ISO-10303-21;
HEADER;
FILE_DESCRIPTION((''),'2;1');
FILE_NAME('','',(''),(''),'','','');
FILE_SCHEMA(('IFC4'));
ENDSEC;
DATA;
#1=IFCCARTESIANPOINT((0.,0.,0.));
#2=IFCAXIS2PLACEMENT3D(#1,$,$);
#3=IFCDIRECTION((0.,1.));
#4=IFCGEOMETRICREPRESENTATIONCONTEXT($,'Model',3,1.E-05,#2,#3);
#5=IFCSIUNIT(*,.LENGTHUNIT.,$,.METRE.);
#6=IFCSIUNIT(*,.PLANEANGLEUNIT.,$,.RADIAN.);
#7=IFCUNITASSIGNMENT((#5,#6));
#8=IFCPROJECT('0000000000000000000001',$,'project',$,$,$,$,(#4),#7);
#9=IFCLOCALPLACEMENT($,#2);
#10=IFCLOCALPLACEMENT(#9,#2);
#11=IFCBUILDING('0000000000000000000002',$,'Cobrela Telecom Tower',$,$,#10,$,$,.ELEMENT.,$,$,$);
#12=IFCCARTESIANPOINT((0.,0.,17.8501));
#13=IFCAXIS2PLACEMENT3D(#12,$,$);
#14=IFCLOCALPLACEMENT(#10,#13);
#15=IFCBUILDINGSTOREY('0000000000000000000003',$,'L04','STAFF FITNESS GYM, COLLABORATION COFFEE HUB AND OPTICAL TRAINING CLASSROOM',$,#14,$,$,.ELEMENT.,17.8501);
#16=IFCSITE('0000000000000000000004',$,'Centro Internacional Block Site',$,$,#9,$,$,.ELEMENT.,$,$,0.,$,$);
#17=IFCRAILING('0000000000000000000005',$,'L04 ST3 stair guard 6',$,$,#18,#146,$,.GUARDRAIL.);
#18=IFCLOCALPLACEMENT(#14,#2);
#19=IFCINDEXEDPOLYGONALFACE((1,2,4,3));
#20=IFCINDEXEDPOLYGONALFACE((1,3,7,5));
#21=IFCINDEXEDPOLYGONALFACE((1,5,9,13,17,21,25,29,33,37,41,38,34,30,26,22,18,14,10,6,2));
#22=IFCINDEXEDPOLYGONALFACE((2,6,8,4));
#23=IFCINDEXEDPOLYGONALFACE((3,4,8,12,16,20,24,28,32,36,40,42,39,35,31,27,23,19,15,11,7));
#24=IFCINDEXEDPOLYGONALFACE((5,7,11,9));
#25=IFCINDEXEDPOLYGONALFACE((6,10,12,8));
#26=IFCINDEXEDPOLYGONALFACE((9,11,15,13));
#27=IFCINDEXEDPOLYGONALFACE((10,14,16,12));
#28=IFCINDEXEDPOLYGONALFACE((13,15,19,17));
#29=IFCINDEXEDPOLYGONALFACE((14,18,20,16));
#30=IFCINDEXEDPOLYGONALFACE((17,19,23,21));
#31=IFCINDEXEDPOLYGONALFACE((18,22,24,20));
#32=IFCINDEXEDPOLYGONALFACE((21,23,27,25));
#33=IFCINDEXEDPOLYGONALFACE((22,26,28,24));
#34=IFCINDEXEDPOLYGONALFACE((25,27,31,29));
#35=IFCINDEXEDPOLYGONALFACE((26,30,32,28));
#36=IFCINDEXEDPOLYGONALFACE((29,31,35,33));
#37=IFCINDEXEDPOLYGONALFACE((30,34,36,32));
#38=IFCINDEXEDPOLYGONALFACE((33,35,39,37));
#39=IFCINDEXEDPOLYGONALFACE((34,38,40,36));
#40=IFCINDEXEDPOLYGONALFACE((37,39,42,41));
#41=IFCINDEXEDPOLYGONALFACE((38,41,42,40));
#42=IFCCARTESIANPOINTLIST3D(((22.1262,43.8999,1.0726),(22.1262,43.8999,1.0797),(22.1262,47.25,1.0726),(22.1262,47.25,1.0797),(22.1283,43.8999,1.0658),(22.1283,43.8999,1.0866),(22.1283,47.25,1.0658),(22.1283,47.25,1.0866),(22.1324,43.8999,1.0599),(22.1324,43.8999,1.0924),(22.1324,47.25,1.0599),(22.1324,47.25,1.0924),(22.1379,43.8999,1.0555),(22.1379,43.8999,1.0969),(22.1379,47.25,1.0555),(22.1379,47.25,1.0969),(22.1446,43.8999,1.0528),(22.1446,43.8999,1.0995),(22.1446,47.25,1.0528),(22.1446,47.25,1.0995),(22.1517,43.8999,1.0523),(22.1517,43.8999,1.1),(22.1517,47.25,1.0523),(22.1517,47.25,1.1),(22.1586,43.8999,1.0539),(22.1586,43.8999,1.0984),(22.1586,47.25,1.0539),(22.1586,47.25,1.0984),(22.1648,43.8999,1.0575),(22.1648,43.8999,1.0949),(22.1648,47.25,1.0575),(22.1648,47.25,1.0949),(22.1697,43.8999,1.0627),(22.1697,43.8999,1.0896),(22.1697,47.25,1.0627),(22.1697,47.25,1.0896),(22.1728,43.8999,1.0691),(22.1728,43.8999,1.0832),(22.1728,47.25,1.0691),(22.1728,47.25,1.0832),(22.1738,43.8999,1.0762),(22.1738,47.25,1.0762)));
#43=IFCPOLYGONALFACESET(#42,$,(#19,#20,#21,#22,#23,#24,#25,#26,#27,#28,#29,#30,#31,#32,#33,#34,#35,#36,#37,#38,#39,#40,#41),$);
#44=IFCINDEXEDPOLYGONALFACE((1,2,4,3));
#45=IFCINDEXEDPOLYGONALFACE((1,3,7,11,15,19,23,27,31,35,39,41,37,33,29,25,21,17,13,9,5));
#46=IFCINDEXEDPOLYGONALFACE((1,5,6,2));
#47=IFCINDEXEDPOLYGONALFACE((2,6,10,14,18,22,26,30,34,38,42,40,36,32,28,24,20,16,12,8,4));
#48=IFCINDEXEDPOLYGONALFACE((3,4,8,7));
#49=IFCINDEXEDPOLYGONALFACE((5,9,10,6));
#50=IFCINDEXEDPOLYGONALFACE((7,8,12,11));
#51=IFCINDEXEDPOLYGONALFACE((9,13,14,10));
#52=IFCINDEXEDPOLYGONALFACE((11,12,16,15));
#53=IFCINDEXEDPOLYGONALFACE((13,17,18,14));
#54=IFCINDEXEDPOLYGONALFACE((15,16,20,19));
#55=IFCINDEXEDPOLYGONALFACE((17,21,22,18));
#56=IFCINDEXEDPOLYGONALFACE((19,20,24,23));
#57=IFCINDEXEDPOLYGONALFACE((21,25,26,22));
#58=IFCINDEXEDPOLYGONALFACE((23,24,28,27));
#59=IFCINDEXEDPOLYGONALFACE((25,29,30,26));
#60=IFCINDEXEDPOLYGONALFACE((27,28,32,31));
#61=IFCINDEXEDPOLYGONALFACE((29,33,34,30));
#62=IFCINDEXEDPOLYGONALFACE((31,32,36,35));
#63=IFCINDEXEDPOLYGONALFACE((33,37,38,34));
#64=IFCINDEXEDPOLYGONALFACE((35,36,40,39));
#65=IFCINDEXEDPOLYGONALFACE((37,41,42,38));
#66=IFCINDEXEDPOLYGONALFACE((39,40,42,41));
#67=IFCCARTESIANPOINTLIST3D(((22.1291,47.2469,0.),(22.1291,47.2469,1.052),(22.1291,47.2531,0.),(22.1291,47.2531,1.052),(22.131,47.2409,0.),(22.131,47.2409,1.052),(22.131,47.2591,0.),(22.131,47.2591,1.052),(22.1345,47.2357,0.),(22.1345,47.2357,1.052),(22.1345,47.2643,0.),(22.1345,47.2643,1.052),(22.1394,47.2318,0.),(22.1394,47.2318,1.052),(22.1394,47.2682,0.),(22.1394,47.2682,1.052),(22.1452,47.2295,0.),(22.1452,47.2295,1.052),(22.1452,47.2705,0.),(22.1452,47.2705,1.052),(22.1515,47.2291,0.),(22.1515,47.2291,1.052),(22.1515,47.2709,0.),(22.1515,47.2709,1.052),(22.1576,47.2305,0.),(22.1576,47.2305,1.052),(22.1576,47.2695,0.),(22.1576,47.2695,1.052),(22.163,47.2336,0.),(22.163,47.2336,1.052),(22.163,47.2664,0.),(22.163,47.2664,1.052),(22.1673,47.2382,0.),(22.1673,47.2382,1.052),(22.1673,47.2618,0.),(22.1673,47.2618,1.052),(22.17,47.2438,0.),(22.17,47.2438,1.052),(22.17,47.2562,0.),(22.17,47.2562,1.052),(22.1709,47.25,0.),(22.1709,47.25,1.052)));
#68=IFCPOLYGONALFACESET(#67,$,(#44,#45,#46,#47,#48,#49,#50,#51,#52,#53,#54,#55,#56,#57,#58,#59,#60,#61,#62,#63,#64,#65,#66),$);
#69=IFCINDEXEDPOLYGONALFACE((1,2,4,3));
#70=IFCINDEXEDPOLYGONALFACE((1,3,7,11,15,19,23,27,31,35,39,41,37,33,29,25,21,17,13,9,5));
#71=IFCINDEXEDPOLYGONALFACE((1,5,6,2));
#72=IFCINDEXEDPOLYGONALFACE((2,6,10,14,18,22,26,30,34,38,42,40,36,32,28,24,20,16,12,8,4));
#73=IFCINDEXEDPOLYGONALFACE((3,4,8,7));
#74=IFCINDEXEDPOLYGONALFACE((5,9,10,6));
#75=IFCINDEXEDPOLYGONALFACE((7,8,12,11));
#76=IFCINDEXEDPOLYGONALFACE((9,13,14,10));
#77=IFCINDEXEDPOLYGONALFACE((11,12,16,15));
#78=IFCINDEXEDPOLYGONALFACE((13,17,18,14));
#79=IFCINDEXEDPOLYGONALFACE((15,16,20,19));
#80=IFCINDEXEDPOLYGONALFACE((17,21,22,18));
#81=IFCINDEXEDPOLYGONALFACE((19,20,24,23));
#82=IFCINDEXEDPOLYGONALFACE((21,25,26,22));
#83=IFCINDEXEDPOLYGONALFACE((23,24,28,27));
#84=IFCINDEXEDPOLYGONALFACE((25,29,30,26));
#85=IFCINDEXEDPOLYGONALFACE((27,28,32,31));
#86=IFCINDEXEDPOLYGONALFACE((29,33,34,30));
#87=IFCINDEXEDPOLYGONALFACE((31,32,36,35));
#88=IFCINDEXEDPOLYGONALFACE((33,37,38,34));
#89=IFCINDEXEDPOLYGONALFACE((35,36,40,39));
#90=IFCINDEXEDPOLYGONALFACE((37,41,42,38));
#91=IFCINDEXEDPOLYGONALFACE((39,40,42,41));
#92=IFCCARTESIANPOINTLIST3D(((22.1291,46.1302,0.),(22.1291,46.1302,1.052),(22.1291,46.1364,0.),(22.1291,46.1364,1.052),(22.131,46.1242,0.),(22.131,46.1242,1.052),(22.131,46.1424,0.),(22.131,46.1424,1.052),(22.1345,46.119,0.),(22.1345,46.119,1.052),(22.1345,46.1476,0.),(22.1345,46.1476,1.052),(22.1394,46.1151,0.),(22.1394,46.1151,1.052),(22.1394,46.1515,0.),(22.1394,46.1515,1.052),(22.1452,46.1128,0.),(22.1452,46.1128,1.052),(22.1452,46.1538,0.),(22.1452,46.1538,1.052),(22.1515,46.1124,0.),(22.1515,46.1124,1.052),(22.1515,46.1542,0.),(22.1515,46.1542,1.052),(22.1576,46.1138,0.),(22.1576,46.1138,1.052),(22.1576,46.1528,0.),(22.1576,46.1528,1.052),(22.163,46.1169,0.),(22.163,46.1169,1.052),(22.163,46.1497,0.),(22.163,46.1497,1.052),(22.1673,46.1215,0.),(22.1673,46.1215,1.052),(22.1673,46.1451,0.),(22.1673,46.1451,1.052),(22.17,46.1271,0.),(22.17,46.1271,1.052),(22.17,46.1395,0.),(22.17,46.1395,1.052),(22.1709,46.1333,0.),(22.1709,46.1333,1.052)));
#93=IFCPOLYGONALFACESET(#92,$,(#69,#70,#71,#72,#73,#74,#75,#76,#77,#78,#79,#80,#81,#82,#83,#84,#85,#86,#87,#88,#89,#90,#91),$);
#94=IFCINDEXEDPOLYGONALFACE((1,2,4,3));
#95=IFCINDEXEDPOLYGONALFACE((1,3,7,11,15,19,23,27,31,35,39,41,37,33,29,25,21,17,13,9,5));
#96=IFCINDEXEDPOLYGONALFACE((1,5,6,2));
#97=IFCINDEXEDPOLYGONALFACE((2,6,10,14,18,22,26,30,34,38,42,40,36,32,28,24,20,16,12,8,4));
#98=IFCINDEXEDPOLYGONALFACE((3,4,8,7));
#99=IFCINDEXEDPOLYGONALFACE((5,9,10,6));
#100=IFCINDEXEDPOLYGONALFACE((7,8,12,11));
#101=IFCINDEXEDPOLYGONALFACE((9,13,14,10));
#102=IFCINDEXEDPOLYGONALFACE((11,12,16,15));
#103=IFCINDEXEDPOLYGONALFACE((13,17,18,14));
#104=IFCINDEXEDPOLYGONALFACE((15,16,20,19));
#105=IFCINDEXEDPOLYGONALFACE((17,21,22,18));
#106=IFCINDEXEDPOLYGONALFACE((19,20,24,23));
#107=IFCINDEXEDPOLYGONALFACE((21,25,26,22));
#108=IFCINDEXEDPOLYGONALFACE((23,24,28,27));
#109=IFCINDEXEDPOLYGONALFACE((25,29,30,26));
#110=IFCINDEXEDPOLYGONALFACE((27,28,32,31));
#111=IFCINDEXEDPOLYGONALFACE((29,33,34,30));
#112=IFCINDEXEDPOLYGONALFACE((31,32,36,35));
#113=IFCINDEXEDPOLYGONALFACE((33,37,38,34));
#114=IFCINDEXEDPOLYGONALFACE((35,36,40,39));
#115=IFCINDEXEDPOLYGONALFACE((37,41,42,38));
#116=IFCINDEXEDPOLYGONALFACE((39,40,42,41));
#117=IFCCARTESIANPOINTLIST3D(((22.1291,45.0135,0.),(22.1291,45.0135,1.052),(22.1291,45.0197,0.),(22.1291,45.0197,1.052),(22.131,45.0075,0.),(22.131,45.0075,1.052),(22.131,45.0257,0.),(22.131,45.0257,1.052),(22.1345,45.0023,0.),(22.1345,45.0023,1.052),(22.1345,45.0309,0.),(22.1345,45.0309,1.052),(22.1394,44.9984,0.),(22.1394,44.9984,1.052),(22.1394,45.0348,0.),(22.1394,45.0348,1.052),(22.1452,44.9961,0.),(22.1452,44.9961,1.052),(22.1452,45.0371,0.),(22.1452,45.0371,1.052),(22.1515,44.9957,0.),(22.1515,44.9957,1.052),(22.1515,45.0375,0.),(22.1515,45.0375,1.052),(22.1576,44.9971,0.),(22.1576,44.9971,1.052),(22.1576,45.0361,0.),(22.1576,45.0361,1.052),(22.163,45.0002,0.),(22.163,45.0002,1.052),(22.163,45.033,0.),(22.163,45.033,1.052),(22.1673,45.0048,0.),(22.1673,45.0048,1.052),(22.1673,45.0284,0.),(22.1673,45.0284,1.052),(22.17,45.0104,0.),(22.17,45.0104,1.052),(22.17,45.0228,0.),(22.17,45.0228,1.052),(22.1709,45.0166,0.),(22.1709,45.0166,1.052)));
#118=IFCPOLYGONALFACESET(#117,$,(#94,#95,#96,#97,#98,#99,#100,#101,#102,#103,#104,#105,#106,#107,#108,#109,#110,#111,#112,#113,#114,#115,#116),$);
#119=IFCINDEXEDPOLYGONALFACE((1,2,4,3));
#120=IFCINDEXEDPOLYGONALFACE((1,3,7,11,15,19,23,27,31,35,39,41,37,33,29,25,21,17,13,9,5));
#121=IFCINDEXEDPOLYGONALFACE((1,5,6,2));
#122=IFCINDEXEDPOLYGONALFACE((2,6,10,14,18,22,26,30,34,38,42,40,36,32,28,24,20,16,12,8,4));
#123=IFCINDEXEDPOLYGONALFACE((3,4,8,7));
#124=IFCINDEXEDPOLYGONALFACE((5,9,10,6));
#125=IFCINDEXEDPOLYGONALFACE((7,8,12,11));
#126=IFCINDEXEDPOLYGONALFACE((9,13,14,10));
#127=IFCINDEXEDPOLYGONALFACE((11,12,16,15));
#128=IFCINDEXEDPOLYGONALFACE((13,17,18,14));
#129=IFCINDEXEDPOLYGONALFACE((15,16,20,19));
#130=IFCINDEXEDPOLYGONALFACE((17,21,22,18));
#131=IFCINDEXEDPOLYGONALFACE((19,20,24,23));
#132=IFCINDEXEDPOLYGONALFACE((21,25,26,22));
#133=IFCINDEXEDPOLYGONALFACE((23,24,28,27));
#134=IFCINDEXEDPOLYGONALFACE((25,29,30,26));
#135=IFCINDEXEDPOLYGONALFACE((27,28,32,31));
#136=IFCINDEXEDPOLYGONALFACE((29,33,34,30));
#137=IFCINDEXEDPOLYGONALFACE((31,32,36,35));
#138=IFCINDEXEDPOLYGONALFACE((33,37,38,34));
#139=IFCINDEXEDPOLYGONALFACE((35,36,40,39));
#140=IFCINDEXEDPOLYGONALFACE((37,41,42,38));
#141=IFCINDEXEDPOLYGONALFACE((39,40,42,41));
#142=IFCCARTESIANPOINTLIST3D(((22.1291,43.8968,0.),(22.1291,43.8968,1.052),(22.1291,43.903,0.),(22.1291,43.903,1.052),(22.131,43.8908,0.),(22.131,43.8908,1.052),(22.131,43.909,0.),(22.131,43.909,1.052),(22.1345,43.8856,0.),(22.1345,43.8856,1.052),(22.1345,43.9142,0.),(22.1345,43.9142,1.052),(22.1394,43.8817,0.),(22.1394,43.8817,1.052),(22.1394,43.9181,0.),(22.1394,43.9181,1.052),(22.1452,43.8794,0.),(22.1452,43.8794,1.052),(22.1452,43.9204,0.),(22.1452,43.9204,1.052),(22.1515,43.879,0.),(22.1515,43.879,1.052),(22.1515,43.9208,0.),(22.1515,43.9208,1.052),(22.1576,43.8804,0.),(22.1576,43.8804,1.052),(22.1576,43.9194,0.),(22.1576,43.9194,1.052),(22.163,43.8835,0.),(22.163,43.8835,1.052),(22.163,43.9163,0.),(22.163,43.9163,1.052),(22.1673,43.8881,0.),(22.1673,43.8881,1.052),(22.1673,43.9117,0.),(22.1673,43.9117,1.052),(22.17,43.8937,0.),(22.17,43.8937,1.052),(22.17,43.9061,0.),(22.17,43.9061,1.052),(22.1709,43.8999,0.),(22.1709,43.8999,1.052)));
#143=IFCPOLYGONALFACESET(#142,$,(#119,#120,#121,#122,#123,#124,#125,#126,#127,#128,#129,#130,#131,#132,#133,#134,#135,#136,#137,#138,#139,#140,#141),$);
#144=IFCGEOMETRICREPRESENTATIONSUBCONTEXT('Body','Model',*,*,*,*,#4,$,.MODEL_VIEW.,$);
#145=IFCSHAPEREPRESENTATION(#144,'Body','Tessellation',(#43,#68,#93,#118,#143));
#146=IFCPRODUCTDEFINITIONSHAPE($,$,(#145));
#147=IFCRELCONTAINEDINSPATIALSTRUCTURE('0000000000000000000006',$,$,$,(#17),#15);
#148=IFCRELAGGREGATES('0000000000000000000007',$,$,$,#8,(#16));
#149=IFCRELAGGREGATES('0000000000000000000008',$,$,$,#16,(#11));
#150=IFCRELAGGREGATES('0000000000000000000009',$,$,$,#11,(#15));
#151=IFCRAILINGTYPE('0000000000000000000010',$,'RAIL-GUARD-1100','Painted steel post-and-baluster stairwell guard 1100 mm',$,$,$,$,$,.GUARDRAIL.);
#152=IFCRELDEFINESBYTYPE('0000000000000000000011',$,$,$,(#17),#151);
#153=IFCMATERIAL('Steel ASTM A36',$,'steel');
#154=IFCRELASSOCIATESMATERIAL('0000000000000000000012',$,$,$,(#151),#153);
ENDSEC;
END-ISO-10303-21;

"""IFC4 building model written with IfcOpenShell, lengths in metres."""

from ifc_helpers import new_model, si_unit, direction, frame, origin, origin_2d, place, context, subcontext, project, spatial, circle, extrude, material, type_object, element, save


model = new_model("IFC4")

# Units and contexts
model_context = context("Model", 3, precision=1e-05, world=origin(), true_north=direction((0.0, 1.0)))
body_context = subcontext(model_context, "Body", "Model", "MODEL_VIEW")
ifc_project = project(units=[si_unit("LENGTHUNIT", "METRE"), si_unit("PLANEANGLEUNIT", "RADIAN")], contexts=[model_context])

# Site, building, storey
site_placement = place(None, origin())
site = spatial("IfcSite", under=ifc_project, at=site_placement, Name="Centro Internacional Block Site", CompositionType="ELEMENT", RefElevation=0.0)
building_placement = place(site_placement, origin())
building = spatial("IfcBuilding", under=site, at=building_placement, Name="Cobrela Telecom Tower", CompositionType="ELEMENT")
storey_placement = place(building_placement, frame((0.0, 0.0, 17.8501)))
storey = spatial("IfcBuildingStorey", under=building, at=storey_placement, Name="L04", Description="STAFF FITNESS GYM, COLLABORATION COFFEE HUB AND OPTICAL TRAINING CLASSROOM", CompositionType="ELEMENT", Elevation=17.8501)

# Shared definitions
ifc_material_1 = material(Name="Steel ASTM A36", Category="steel")

# Railing
railing_type_1 = type_object("IfcRailingType", Name="RAIL-GUARD-1100", Description="Painted steel post-and-baluster stairwell guard 1100 mm", PredefinedType="GUARDRAIL", material=ifc_material_1)
railing_1_placement = place(storey_placement, frame((22.1499, 47.25, 0.0)))
element("IfcRailing", 1, at=railing_1_placement, inside=storey, type_object=railing_type_1, Name="L04 ST3 stair guard 6", PredefinedType="GUARDRAIL", context=body_context, shape_type="SweptSolid", body=[
    extrude(circle(Radius=0.0239, at=origin_2d()), frame((0.0, 0.0, 1.0762), z_axis=(0.0, -1.0, 0.0), x_axis=(1.0, 0.0, 0.0)), (0.0, 0.0, 1.0), 3.3501),
    extrude(circle(Radius=0.021, at=origin_2d()), origin(), (0.0, 0.0, 1.0), 1.052),
    extrude(circle(Radius=0.021, at=origin_2d()), frame((0.0, -1.1167, 0.0)), (0.0, 0.0, 1.0), 1.052),
    extrude(circle(Radius=0.021, at=origin_2d()), frame((0.0, -2.2334, 0.0)), (0.0, 0.0, 1.0), 1.052),
    extrude(circle(Radius=0.021, at=origin_2d()), frame((0.0, -3.3501, 0.0)), (0.0, 0.0, 1.0), 1.052),
])

save(model, "model.ifc")
